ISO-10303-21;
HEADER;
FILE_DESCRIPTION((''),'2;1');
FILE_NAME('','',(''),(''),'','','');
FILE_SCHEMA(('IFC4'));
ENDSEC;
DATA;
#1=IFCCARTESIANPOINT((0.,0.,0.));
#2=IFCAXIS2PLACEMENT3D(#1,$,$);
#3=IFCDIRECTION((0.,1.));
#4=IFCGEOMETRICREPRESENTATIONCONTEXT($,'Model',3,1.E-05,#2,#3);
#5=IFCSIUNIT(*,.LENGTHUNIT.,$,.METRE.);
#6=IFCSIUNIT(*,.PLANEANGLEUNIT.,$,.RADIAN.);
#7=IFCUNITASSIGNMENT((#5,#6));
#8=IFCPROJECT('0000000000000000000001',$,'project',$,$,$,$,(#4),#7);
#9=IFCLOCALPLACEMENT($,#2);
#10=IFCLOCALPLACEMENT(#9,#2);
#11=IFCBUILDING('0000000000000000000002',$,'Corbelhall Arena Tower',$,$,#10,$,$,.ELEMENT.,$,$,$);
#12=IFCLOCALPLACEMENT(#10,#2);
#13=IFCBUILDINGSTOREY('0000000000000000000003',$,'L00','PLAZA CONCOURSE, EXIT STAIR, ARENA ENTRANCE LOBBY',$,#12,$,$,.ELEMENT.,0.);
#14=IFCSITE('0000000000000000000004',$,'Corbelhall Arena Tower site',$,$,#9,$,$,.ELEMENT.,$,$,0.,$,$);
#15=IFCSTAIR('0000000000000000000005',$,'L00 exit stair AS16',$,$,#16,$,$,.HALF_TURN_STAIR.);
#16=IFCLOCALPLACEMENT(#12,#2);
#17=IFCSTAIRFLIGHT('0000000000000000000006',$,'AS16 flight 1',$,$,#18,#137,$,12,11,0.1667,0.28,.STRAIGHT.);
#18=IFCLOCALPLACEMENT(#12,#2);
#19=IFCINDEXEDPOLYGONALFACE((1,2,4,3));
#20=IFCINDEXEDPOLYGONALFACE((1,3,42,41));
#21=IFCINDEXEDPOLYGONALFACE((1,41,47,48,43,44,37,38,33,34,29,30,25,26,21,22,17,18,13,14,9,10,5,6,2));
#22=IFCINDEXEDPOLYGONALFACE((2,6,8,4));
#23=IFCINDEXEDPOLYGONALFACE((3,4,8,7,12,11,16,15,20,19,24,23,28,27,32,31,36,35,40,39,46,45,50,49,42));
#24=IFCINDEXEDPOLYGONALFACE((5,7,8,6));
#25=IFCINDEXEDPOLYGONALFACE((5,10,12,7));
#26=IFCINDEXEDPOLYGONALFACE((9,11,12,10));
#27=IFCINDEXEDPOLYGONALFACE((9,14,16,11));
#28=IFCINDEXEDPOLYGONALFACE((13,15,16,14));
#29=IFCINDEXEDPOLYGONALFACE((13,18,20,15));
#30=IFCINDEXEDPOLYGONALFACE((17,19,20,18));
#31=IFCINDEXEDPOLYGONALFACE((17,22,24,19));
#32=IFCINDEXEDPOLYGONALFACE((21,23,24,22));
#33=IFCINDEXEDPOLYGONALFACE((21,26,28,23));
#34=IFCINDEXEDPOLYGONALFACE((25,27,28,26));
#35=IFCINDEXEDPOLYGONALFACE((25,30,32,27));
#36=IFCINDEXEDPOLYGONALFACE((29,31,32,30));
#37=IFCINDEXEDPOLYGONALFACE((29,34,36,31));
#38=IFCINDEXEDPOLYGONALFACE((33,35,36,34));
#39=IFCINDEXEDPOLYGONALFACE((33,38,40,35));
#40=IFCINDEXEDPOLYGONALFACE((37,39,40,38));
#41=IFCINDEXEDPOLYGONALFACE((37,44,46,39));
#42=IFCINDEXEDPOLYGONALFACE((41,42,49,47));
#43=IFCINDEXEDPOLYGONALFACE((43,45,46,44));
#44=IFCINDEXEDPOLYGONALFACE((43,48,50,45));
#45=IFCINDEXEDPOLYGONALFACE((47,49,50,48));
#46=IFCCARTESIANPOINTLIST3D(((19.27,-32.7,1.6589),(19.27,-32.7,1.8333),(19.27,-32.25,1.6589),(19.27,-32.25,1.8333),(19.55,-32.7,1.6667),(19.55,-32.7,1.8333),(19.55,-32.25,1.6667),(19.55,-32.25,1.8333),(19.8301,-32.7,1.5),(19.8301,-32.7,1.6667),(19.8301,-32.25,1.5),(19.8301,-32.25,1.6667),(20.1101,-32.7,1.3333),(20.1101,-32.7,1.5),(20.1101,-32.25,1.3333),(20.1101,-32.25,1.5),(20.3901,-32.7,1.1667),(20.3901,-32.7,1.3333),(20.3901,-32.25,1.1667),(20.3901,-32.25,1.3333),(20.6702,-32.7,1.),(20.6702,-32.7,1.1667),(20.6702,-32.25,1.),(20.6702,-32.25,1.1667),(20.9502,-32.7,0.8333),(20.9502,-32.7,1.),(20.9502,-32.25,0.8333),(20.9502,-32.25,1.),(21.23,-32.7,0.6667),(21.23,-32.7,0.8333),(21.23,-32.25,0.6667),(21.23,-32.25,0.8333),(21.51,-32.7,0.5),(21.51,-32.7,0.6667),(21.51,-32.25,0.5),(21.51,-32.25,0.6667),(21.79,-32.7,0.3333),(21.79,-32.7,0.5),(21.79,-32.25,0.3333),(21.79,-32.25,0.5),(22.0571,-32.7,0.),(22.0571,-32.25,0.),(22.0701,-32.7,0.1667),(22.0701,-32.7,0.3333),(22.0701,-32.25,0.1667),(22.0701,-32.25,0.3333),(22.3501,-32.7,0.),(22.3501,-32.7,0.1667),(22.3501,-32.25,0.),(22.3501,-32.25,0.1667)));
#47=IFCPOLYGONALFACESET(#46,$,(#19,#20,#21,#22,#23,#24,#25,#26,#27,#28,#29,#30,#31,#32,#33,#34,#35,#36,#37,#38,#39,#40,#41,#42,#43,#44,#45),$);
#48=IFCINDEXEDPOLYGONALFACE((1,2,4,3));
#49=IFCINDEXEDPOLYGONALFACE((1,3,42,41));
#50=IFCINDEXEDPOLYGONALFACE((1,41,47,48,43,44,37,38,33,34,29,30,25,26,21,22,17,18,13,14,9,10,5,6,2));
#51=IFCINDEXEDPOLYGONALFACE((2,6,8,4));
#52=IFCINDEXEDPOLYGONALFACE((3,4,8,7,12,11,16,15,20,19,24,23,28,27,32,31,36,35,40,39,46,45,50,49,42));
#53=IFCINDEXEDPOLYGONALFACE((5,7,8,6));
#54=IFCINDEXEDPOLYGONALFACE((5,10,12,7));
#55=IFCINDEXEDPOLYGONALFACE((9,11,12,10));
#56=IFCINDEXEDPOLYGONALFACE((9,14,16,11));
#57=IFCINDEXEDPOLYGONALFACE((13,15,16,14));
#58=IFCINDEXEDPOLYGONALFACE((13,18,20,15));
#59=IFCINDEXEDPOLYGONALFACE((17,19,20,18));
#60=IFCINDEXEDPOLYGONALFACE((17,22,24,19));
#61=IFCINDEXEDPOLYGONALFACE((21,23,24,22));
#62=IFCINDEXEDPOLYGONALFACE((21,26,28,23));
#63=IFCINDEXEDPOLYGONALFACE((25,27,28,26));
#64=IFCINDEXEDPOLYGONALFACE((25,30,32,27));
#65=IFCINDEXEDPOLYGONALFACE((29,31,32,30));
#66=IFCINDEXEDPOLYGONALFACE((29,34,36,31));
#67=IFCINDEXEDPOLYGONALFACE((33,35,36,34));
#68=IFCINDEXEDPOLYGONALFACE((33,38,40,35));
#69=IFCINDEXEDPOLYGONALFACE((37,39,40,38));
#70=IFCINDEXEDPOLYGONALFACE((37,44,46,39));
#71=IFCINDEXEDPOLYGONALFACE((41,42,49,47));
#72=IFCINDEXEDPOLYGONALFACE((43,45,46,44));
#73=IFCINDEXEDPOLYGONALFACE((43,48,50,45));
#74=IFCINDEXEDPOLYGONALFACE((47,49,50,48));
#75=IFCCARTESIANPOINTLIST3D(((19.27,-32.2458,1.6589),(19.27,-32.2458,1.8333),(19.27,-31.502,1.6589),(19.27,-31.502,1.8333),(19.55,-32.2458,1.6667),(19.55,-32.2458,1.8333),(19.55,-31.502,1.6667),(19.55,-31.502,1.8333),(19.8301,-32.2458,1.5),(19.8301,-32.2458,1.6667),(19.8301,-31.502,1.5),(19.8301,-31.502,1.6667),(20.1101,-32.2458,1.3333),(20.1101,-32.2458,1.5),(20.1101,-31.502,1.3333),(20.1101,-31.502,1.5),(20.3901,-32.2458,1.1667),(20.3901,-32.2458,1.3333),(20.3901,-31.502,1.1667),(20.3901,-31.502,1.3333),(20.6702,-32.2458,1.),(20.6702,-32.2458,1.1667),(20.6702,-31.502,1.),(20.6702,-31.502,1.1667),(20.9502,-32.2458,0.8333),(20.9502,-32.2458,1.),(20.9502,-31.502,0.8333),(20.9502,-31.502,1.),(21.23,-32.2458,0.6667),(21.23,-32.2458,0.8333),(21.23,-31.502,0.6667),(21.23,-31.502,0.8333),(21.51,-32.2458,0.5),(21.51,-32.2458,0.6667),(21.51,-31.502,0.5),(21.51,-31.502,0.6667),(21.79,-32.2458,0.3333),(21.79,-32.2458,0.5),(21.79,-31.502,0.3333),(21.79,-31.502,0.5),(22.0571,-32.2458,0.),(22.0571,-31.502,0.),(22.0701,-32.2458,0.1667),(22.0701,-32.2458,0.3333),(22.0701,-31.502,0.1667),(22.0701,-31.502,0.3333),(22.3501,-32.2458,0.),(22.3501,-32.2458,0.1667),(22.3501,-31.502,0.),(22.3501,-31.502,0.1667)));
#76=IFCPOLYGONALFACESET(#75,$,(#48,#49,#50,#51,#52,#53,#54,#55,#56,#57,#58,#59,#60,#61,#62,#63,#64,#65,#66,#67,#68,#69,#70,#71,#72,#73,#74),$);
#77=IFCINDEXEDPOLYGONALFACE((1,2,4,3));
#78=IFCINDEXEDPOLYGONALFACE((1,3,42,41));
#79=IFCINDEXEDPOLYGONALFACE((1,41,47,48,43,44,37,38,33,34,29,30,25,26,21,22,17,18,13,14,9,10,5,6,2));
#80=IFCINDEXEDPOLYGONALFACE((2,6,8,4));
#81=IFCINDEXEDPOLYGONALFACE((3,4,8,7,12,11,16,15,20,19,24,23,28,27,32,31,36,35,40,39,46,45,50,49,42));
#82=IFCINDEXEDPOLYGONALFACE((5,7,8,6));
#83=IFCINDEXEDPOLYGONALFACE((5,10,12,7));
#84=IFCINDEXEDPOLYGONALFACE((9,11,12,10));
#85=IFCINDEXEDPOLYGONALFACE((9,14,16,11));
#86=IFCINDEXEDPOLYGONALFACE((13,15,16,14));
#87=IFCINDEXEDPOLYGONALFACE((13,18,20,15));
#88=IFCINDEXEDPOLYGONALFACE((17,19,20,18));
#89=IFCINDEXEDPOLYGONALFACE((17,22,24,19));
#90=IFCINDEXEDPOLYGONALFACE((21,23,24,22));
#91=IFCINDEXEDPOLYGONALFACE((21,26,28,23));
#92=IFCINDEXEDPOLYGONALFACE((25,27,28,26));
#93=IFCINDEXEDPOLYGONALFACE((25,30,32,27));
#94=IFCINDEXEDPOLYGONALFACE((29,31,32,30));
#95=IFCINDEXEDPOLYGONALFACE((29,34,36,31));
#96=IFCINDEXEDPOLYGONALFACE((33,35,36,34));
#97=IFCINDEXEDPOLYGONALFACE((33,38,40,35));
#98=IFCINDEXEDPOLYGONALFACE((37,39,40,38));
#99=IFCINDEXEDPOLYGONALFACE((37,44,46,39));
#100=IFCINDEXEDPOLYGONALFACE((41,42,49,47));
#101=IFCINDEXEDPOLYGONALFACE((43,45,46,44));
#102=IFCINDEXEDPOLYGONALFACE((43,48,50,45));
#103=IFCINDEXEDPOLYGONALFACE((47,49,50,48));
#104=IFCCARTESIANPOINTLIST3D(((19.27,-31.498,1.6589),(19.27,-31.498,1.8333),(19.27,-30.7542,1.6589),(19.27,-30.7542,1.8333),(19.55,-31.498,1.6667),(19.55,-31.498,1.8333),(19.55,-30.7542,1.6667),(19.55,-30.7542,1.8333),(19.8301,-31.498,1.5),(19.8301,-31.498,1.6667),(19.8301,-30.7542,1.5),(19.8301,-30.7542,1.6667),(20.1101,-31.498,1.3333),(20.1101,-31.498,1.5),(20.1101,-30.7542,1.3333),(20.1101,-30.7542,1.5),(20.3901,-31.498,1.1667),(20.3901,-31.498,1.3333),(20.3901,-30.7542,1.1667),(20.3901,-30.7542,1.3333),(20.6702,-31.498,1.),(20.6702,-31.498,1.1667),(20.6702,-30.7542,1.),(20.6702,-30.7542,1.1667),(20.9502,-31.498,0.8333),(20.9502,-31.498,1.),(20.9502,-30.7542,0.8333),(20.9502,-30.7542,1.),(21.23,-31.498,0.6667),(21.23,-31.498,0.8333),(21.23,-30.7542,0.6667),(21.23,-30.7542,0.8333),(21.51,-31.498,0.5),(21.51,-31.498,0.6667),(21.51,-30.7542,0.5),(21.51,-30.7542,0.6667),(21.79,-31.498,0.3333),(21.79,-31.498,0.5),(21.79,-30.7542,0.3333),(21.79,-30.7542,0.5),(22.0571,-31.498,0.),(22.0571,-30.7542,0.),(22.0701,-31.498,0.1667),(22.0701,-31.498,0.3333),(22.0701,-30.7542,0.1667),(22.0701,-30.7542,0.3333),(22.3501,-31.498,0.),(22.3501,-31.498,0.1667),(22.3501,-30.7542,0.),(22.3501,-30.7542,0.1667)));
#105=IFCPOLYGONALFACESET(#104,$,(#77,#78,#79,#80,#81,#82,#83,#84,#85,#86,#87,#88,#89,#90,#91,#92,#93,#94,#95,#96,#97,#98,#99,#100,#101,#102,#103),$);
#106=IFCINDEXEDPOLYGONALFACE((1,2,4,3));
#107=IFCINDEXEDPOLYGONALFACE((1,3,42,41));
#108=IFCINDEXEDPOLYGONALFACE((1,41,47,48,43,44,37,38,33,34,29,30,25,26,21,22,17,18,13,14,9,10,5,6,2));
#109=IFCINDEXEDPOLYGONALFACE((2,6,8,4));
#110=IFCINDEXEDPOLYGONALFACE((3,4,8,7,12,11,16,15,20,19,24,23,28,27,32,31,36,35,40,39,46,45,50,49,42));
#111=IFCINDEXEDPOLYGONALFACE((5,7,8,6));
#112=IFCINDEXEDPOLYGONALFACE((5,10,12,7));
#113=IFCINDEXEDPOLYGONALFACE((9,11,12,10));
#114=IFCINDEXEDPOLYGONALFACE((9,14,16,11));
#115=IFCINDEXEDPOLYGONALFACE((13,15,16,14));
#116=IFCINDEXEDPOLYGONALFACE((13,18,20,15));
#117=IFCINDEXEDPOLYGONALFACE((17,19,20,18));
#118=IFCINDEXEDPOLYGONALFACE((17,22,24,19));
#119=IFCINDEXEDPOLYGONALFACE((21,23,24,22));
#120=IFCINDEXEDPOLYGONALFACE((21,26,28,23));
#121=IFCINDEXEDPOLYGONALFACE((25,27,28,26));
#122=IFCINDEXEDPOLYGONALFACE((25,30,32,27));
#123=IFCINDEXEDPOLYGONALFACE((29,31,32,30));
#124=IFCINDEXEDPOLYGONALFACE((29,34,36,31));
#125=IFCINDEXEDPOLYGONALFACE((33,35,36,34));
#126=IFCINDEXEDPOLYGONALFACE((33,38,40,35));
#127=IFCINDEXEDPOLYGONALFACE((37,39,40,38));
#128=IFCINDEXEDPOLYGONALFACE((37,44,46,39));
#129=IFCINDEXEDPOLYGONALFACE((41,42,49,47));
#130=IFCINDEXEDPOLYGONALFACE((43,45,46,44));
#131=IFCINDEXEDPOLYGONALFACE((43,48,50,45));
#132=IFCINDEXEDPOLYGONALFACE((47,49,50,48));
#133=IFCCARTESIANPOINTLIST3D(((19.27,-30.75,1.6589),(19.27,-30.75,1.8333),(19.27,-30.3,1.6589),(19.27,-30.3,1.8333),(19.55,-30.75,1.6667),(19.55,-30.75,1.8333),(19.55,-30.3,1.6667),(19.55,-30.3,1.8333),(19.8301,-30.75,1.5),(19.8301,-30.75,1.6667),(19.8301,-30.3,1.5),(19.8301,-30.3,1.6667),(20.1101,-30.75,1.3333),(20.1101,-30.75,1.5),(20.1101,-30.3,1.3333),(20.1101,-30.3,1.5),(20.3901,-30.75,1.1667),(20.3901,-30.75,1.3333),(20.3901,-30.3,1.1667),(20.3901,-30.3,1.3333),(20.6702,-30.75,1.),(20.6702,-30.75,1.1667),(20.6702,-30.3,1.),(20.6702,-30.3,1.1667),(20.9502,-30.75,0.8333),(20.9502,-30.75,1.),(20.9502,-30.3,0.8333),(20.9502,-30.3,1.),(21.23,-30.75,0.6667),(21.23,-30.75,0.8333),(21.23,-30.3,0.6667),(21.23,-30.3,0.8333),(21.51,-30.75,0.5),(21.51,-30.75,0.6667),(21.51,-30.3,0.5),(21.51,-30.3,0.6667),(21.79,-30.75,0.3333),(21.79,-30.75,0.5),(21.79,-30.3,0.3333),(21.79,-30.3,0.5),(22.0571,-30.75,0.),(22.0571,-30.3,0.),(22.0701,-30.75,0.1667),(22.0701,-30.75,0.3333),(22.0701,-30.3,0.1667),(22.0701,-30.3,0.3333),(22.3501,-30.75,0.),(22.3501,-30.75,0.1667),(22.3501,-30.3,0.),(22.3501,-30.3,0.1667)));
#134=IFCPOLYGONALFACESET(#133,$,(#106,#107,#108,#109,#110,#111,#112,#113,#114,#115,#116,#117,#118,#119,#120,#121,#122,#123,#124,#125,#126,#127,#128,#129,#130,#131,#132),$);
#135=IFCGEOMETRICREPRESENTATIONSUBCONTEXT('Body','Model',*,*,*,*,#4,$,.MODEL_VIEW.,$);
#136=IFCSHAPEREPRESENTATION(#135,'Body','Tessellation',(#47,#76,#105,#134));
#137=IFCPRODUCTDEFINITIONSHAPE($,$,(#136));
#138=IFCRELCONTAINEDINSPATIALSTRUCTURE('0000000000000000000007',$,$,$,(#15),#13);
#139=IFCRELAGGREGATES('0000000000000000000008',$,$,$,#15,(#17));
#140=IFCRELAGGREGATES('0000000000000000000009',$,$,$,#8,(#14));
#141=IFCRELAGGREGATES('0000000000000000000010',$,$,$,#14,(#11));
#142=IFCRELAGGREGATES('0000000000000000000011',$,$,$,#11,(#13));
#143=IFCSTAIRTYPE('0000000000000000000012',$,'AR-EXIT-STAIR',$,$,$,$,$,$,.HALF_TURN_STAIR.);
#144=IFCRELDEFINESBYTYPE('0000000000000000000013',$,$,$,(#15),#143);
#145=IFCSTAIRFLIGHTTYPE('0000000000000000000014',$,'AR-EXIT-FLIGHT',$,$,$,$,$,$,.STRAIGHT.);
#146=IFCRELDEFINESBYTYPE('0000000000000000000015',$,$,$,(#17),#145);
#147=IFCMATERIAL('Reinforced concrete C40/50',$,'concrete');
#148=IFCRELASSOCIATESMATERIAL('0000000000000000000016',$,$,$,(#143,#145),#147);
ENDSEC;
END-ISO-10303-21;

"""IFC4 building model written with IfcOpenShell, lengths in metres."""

from ifc_helpers import new_model, si_unit, direction, frame, origin, place, context, subcontext, project, spatial, polyline, outline, extrude, material, type_object, element, aggregate, save


model = new_model("IFC4")

# Units and contexts
model_context = context("Model", 3, precision=1e-05, world=origin(), true_north=direction((0.0, 1.0)))
body_context = subcontext(model_context, "Body", "Model", "MODEL_VIEW")
ifc_project = project(units=[si_unit("LENGTHUNIT", "METRE"), si_unit("PLANEANGLEUNIT", "RADIAN")], contexts=[model_context])

# Site, building, storey
site_placement = place(None, origin())
site = spatial("IfcSite", under=ifc_project, at=site_placement, Name="Corbelhall Arena Tower site", CompositionType="ELEMENT", RefElevation=0.0)
building_placement = place(site_placement, origin())
building = spatial("IfcBuilding", under=site, at=building_placement, Name="Corbelhall Arena Tower", CompositionType="ELEMENT")
storey_placement = place(building_placement, origin())
storey = spatial("IfcBuildingStorey", under=building, at=storey_placement, Name="L00", Description="PLAZA CONCOURSE, EXIT STAIR, ARENA ENTRANCE LOBBY", CompositionType="ELEMENT", Elevation=0.0)

# Shared definitions
ifc_material_1 = material(Name="Reinforced concrete C40/50", Category="concrete")

# Stair, stair flight
stair_type = type_object("IfcStairType", Name="AR-EXIT-STAIR", PredefinedType="HALF_TURN_STAIR", material=ifc_material_1)
stair_placement = place(storey_placement, origin())
stair = element("IfcStair", 1, at=stair_placement, inside=storey, type_object=stair_type, Name="L00 exit stair AS16", PredefinedType="HALF_TURN_STAIR")
stair_flight_type = type_object("IfcStairFlightType", Name="AR-EXIT-FLIGHT", PredefinedType="STRAIGHT", material=ifc_material_1)
stair_flight_1_placement = place(storey_placement, frame((22.3501, -31.5, 0.0), z_axis=(0.0, 0.0, 1.0), x_axis=(-1.0, 0.0, 0.0)))
stair_flight_1 = element("IfcStairFlight", 2, at=stair_flight_1_placement, type_object=stair_flight_type, Name="AS16 flight 1", NumberOfRisers=12, NumberOfTreads=11, PredefinedType="STRAIGHT", RiserHeight=0.1667, TreadLength=0.28, context=body_context, shape_type="SweptSolid", body=[
    extrude(outline(polyline([(0.0, 0.0), (0.0, 0.1667), (0.28, 0.1667), (0.28, 0.3333), (0.5601, 0.3333), (0.5601, 0.5), (0.8401, 0.5), (0.8401, 0.6667), (1.1201, 0.6667), (1.1201, 0.8333), (1.3999, 0.8333), (1.3999, 1.0), (1.6799, 1.0), (1.6799, 1.1667), (1.96, 1.1667), (1.96, 1.3333), (2.24, 1.3333), (2.24, 1.5), (2.52, 1.5), (2.52, 1.6667), (2.8, 1.6667), (2.8, 1.8333), (3.0801, 1.8333), (3.0801, 2.0), (3.0801, 1.6589), (0.293, 0.0), (0.0, 0.0)])), frame((0.0, 1.2, 0.0), z_axis=(0.0, -1.0, 0.0), x_axis=(1.0, 0.0, 0.0)), (0.0, 0.0, 1.0), 0.45),
    extrude(outline(polyline([(0.0, 0.0), (0.0, 0.1667), (0.28, 0.1667), (0.28, 0.3333), (0.5601, 0.3333), (0.5601, 0.5), (0.8401, 0.5), (0.8401, 0.6667), (1.1201, 0.6667), (1.1201, 0.8333), (1.3999, 0.8333), (1.3999, 1.0), (1.6799, 1.0), (1.6799, 1.1667), (1.96, 1.1667), (1.96, 1.3333), (2.24, 1.3333), (2.24, 1.5), (2.52, 1.5), (2.52, 1.6667), (2.8, 1.6667), (2.8, 1.8333), (3.0801, 1.8333), (3.0801, 2.0), (3.0801, 1.6589), (0.293, 0.0), (0.0, 0.0)])), frame((0.0, 0.7458, 0.0), z_axis=(0.0, -1.0, 0.0), x_axis=(1.0, 0.0, 0.0)), (0.0, 0.0, 1.0), 0.7439),
    extrude(outline(polyline([(0.0, 0.0), (0.0, 0.1667), (0.28, 0.1667), (0.28, 0.3333), (0.5601, 0.3333), (0.5601, 0.5), (0.8401, 0.5), (0.8401, 0.6667), (1.1201, 0.6667), (1.1201, 0.8333), (1.3999, 0.8333), (1.3999, 1.0), (1.6799, 1.0), (1.6799, 1.1667), (1.96, 1.1667), (1.96, 1.3333), (2.24, 1.3333), (2.24, 1.5), (2.52, 1.5), (2.52, 1.6667), (2.8, 1.6667), (2.8, 1.8333), (3.0801, 1.8333), (3.0801, 2.0), (3.0801, 1.6589), (0.293, 0.0), (0.0, 0.0)])), frame((0.0, -0.002, 0.0), z_axis=(0.0, -1.0, 0.0), x_axis=(1.0, 0.0, 0.0)), (0.0, 0.0, 1.0), 0.7439),
    extrude(outline(polyline([(0.0, 0.0), (0.0, 0.1667), (0.28, 0.1667), (0.28, 0.3333), (0.5601, 0.3333), (0.5601, 0.5), (0.8401, 0.5), (0.8401, 0.6667), (1.1201, 0.6667), (1.1201, 0.8333), (1.3999, 0.8333), (1.3999, 1.0), (1.6799, 1.0), (1.6799, 1.1667), (1.96, 1.1667), (1.96, 1.3333), (2.24, 1.3333), (2.24, 1.5), (2.52, 1.5), (2.52, 1.6667), (2.8, 1.6667), (2.8, 1.8333), (3.0801, 1.8333), (3.0801, 2.0), (3.0801, 1.6589), (0.293, 0.0), (0.0, 0.0)])), frame((0.0, -0.75, 0.0), z_axis=(0.0, -1.0, 0.0), x_axis=(1.0, 0.0, 0.0)), (0.0, 0.0, 1.0), 0.45),
])
aggregate(stair, [stair_flight_1])

save(model, "model.ifc")
